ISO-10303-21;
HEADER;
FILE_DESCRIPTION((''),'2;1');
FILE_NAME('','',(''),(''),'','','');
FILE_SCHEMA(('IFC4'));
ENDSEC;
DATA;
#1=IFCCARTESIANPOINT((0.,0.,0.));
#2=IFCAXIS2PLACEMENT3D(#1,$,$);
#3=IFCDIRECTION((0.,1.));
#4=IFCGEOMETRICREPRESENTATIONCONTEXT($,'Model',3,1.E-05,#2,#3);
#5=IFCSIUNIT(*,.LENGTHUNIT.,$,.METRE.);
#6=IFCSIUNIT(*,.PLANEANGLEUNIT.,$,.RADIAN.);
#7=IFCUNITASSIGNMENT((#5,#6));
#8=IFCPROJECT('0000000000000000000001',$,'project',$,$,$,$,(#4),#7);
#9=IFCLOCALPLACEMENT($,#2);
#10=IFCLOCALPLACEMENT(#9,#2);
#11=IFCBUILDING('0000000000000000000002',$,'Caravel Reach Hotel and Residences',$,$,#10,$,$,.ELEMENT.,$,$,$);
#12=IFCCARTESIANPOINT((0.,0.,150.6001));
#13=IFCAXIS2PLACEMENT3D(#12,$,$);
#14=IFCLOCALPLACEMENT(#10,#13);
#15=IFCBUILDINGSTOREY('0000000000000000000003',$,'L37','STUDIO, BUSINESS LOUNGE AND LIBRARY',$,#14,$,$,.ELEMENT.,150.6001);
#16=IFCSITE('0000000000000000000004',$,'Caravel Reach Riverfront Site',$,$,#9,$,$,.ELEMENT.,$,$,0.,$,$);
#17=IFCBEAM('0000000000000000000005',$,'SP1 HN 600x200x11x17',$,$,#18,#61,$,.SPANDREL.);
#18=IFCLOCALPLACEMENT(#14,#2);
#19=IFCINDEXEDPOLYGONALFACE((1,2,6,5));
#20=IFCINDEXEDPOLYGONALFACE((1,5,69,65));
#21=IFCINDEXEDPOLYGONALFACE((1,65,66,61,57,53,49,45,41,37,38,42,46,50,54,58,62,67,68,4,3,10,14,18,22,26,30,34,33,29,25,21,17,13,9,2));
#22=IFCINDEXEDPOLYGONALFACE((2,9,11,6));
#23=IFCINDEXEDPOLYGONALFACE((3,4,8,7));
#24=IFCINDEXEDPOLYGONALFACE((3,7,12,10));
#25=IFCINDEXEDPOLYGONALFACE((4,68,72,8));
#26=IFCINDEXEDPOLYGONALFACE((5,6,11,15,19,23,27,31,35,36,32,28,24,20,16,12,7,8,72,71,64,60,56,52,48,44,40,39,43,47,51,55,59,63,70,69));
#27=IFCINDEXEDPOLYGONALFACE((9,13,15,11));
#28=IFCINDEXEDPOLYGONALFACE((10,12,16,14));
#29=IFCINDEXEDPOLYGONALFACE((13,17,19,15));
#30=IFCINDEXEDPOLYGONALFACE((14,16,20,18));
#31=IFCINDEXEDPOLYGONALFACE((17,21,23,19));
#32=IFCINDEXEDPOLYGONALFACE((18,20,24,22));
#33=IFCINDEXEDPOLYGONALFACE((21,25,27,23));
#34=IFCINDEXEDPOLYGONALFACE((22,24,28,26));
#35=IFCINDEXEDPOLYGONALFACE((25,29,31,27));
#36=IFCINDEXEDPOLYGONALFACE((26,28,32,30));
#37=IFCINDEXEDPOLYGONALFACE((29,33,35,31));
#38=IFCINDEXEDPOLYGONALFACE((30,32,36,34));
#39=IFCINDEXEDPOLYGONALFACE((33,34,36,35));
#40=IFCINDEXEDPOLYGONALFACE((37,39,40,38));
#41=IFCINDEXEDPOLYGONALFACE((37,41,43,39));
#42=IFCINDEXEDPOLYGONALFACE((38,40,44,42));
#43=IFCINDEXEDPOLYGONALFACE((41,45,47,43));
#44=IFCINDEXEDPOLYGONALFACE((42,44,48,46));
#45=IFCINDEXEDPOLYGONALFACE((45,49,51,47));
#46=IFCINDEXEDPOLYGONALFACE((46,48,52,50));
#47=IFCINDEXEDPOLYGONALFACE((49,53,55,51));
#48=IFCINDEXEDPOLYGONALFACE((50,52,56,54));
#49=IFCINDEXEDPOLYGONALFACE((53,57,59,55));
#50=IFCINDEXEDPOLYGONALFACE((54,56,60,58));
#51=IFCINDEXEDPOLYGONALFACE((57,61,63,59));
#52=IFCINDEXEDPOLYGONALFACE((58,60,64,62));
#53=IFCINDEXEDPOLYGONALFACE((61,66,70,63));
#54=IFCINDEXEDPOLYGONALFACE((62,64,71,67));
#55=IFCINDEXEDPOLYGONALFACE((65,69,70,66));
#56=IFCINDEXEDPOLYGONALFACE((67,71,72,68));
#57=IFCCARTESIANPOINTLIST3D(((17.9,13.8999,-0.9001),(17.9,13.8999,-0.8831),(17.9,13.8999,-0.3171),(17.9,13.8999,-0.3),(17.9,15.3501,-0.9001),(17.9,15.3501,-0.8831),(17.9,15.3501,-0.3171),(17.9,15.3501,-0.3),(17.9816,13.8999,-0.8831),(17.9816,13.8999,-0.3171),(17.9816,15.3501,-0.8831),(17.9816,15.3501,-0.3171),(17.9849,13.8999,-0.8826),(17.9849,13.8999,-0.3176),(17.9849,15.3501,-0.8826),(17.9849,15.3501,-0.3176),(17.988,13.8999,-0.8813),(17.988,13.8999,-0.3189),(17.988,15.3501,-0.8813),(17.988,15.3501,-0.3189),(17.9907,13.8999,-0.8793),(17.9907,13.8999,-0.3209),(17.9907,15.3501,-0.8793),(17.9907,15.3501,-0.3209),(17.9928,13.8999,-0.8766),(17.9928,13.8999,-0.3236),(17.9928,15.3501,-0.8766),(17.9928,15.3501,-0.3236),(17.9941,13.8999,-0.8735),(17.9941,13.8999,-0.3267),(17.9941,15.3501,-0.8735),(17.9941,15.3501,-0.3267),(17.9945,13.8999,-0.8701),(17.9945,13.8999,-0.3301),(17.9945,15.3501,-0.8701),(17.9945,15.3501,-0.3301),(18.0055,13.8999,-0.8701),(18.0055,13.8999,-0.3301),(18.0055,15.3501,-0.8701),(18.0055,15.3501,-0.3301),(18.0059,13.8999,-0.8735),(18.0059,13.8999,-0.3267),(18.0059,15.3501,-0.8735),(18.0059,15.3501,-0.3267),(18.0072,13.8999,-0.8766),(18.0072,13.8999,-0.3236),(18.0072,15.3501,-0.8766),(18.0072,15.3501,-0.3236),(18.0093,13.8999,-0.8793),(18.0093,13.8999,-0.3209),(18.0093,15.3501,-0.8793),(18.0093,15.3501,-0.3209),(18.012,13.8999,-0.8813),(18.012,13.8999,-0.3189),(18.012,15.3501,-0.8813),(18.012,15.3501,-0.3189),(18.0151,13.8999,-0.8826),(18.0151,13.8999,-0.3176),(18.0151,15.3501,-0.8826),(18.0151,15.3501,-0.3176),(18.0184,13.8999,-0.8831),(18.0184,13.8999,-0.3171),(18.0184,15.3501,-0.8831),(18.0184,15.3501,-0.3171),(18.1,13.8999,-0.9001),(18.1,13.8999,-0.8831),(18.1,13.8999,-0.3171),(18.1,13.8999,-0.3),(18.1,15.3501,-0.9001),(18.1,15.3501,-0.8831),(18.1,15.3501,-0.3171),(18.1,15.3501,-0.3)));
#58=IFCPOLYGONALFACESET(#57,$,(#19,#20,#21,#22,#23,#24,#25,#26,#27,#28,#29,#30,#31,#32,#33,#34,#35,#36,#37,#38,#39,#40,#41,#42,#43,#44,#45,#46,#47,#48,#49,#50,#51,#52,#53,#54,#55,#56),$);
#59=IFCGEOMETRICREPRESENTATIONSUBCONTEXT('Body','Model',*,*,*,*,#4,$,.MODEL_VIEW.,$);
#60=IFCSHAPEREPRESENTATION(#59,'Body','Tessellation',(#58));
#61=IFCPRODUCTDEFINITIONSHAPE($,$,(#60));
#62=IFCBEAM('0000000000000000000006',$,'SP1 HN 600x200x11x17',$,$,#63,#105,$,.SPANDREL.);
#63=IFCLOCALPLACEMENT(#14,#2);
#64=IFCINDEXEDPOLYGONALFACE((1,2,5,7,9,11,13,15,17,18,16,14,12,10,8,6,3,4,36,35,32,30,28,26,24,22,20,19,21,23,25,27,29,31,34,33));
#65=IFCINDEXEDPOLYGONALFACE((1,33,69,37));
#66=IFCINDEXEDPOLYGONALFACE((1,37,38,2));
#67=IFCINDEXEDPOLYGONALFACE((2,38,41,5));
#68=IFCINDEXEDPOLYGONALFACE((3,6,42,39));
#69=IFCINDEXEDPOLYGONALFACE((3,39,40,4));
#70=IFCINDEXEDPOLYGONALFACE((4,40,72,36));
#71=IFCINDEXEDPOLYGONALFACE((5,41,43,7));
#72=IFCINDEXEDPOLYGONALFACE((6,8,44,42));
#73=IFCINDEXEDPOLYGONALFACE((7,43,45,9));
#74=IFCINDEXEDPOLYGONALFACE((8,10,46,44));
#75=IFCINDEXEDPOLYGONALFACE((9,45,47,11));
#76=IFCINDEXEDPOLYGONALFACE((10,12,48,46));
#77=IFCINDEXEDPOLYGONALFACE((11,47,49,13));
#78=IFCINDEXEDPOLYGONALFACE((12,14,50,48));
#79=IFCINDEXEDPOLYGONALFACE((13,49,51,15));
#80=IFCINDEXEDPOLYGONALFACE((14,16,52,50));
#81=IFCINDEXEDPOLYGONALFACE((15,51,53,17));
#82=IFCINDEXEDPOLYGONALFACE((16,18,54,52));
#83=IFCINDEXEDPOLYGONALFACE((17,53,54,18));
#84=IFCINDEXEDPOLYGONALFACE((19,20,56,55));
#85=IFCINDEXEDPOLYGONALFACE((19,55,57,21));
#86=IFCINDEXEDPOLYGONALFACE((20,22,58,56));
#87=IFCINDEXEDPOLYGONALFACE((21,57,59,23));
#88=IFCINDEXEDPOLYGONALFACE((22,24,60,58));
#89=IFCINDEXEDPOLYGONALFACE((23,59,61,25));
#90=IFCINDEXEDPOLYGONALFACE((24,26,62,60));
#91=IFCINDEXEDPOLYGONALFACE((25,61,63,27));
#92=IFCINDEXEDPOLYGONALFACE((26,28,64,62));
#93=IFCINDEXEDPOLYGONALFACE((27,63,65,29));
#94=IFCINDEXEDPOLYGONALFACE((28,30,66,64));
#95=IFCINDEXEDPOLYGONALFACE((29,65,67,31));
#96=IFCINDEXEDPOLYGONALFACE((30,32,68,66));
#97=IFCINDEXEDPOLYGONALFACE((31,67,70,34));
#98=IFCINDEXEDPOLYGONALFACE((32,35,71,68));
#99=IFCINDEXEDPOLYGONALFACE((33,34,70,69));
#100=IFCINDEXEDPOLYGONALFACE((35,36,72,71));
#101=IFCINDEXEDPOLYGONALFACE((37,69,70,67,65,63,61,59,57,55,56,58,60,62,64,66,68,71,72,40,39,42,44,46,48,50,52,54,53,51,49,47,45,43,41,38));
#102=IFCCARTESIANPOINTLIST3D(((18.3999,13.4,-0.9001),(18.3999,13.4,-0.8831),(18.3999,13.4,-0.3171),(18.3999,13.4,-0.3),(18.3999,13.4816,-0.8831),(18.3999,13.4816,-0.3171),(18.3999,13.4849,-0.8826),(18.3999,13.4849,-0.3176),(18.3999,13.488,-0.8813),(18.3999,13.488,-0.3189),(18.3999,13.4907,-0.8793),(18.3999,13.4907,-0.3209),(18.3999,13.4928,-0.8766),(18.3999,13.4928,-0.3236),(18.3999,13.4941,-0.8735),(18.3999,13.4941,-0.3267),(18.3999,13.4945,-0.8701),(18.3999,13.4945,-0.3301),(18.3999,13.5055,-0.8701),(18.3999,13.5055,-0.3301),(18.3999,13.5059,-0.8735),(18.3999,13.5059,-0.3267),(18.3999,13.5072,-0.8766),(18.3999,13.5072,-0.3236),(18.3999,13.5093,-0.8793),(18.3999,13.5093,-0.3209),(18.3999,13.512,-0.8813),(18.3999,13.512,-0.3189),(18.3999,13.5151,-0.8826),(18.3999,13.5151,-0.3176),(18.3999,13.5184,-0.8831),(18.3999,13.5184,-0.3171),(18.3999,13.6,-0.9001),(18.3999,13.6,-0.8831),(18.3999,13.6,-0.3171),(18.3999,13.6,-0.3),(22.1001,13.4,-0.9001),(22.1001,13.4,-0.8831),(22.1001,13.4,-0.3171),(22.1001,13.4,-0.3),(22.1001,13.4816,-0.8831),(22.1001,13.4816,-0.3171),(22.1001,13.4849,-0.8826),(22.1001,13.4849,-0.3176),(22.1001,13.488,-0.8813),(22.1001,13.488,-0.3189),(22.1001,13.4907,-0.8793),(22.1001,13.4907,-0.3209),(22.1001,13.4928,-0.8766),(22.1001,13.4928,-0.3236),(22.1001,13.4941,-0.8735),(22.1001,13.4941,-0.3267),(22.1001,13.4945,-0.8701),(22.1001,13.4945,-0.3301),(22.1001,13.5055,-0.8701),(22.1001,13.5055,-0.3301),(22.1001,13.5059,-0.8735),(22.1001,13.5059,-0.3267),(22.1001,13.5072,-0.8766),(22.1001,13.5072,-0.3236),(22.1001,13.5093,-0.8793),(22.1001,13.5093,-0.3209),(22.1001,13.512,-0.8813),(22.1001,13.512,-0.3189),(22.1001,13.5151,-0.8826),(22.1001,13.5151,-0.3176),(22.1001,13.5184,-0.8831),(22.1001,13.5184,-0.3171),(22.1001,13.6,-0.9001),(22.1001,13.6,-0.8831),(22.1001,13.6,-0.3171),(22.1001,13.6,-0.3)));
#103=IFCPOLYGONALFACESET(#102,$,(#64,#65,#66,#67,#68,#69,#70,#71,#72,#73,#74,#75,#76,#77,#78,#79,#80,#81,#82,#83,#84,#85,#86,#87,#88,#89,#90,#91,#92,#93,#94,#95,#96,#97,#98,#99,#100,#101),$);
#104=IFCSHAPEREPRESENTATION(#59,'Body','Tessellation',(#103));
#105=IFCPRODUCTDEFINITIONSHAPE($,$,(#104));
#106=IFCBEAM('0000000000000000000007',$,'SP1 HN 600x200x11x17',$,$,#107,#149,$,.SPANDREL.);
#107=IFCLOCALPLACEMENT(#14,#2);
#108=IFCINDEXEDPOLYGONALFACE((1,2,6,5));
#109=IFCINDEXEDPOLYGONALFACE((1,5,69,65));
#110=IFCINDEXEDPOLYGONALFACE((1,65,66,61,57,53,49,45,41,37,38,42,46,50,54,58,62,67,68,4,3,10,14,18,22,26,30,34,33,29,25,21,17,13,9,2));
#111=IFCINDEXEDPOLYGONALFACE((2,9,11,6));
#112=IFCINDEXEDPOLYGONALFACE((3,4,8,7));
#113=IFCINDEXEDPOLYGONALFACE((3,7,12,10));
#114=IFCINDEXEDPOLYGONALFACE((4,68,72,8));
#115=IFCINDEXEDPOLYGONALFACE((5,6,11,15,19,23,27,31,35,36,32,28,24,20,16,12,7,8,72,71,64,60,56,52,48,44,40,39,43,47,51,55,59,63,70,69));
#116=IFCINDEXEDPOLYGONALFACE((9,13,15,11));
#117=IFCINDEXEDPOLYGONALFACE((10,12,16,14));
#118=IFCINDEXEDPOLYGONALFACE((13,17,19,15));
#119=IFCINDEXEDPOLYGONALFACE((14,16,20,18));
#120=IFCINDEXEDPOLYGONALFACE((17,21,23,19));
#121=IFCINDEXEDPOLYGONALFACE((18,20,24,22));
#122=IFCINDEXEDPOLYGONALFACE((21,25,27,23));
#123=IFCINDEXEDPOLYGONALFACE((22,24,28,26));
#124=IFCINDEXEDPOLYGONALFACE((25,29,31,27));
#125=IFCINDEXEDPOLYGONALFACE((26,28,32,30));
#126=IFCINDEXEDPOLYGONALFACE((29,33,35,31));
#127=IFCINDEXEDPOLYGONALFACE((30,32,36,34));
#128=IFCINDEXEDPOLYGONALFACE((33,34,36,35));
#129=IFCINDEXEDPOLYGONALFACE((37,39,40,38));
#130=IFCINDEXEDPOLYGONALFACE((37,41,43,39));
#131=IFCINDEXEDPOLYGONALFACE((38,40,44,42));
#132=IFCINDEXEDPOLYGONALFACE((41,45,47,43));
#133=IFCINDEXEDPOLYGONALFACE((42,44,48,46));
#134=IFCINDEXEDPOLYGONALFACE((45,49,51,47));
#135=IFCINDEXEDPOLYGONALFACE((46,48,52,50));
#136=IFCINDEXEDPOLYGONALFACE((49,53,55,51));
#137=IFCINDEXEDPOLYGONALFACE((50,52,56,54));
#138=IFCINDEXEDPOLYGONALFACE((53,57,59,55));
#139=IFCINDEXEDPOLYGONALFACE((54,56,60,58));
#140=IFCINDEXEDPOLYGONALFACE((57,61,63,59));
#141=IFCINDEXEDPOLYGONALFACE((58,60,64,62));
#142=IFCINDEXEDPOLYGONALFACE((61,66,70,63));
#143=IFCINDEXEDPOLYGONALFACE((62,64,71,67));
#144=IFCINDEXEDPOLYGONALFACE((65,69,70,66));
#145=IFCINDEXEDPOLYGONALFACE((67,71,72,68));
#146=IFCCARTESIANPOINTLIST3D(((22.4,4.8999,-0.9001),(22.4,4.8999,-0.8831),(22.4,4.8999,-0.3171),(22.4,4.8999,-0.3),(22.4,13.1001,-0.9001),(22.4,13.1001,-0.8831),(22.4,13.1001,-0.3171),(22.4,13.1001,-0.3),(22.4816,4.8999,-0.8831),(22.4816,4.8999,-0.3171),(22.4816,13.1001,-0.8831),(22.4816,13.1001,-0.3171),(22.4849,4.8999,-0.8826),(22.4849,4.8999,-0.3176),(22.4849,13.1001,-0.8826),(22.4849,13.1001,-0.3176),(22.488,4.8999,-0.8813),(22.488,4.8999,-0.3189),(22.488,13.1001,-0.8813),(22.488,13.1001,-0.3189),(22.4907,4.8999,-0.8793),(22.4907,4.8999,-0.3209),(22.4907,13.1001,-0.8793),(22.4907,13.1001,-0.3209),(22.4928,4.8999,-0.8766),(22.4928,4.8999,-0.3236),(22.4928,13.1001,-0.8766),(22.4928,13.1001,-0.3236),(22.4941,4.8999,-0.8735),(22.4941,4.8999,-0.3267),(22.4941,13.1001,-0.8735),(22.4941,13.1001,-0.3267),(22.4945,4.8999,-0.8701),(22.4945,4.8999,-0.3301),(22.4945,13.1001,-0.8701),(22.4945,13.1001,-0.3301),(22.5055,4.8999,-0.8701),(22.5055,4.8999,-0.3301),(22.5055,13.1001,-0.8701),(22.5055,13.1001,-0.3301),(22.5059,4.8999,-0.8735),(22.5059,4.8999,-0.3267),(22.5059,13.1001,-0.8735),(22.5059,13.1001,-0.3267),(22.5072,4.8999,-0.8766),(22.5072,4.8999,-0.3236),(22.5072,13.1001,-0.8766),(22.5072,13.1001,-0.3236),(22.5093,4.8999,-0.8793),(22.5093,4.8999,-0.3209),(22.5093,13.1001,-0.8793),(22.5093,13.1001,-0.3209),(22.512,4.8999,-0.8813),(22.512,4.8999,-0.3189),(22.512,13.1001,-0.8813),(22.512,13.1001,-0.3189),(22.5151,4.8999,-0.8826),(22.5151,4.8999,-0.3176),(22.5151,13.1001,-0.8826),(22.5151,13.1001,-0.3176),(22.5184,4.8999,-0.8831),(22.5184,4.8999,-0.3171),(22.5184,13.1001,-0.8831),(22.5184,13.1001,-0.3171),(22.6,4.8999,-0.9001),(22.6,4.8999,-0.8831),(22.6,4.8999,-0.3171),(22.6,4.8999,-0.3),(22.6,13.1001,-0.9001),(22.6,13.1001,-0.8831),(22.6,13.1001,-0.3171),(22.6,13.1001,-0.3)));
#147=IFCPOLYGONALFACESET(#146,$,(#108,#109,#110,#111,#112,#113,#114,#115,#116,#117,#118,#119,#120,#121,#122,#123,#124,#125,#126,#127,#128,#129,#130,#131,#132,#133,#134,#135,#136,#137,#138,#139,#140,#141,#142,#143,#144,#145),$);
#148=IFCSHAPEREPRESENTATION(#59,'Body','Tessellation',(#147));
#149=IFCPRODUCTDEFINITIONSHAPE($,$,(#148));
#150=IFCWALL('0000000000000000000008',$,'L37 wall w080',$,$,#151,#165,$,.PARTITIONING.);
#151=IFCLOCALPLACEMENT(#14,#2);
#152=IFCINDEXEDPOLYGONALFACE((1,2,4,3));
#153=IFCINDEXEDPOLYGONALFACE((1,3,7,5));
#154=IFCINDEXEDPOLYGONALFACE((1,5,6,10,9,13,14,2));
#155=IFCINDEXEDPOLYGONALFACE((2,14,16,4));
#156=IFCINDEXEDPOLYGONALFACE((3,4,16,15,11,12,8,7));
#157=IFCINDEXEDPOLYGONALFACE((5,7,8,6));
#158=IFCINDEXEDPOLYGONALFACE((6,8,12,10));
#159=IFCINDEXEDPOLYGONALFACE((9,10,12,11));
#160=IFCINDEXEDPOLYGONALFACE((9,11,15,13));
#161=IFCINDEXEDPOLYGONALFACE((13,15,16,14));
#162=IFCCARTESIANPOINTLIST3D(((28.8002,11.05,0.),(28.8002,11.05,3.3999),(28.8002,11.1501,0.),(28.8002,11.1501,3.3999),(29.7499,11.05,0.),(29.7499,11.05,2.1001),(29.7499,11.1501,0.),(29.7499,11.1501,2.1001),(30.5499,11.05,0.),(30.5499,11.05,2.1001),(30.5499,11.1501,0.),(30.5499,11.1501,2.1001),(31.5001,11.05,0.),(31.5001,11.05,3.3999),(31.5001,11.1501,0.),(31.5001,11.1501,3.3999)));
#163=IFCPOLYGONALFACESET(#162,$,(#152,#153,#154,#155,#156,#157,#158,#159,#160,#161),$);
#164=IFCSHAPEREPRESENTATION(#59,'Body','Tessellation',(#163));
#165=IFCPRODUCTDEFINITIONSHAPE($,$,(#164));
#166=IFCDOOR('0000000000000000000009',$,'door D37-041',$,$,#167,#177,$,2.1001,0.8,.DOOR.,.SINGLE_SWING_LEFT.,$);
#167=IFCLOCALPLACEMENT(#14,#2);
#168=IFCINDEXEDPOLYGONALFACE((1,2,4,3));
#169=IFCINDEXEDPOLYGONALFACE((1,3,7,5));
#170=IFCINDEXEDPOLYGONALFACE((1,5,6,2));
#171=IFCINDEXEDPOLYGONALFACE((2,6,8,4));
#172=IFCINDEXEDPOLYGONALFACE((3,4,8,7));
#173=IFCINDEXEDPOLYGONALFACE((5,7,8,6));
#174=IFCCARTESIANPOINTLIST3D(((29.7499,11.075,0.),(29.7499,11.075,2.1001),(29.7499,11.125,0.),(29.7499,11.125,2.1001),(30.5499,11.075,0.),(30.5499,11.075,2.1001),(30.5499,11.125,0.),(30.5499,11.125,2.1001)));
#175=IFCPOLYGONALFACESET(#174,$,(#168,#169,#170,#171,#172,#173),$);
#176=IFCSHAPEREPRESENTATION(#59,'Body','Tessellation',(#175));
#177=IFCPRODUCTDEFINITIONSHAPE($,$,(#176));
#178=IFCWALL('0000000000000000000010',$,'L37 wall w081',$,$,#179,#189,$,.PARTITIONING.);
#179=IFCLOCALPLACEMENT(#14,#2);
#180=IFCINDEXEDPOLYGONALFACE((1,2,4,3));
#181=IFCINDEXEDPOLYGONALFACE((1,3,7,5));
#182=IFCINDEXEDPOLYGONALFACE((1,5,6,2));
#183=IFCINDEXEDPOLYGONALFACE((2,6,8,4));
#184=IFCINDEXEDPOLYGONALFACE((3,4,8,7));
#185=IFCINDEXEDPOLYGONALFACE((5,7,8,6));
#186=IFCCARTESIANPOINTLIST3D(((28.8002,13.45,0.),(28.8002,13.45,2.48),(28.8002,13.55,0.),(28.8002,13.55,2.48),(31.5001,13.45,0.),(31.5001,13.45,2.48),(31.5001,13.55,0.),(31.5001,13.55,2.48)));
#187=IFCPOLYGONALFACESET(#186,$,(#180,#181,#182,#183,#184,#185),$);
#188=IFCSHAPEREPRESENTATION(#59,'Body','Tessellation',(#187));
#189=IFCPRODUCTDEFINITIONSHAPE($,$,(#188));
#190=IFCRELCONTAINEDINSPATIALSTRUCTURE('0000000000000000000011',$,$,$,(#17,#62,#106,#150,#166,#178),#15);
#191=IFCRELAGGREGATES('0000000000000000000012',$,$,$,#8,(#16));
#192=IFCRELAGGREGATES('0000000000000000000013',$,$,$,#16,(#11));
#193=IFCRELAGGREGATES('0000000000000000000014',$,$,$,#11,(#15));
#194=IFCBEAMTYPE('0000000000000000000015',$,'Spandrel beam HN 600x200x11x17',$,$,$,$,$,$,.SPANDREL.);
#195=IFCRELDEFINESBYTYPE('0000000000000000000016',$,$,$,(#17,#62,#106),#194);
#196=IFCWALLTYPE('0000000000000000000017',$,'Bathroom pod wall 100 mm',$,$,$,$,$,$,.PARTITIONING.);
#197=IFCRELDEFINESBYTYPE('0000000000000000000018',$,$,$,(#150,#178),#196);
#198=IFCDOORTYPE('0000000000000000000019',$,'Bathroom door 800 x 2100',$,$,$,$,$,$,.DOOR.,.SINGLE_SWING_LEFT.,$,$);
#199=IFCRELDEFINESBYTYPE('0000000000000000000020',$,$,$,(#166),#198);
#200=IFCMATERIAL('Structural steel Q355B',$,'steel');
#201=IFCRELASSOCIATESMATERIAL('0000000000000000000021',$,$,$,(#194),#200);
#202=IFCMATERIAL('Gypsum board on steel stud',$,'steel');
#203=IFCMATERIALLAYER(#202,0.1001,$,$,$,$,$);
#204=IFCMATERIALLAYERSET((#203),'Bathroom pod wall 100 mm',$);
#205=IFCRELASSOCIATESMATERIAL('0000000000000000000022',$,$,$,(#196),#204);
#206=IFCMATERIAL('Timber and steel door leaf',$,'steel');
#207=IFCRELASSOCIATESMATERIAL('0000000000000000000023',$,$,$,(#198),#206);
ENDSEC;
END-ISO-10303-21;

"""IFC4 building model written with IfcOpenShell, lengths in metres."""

from ifc_helpers import new_model, si_unit, direction, frame, frame_2d, origin, origin_2d, place, context, subcontext, project, spatial, rectangle, i_section, extrude, material, layer, layer_set, material_profile, profile_set, type_object, element, fill, save


model = new_model("IFC4")

# Units and contexts
model_context = context("Model", 3, precision=1e-05, world=origin(), true_north=direction((0.0, 1.0)))
body_context = subcontext(model_context, "Body", "Model", "MODEL_VIEW")
ifc_project = project(units=[si_unit("LENGTHUNIT", "METRE"), si_unit("PLANEANGLEUNIT", "RADIAN")], contexts=[model_context])

# Site, building, storey
site_placement = place(None, origin())
site = spatial("IfcSite", under=ifc_project, at=site_placement, Name="Caravel Reach Riverfront Site", CompositionType="ELEMENT", RefElevation=0.0)
building_placement = place(site_placement, origin())
building = spatial("IfcBuilding", under=site, at=building_placement, Name="Caravel Reach Hotel and Residences", CompositionType="ELEMENT")
storey_placement = place(building_placement, frame((0.0, 0.0, 150.6001)))
storey = spatial("IfcBuildingStorey", under=building, at=storey_placement, Name="L37", Description="STUDIO, BUSINESS LOUNGE AND LIBRARY", CompositionType="ELEMENT", Elevation=150.6001)

# Beams
ifc_material_1 = material(Name="Structural steel Q355B", Category="steel")
ifc_material_profile_1 = material_profile(ifc_material_1, i_section(OverallWidth=0.2, OverallDepth=0.6001, WebThickness=0.011, FlangeThickness=0.0171, FilletRadius=0.0129, at=origin_2d()), Name="HN 600x200x11x17")
ifc_profile_set_1 = profile_set([ifc_material_profile_1], Name="Structural steel Q355B")
beam_type_1 = type_object("IfcBeamType", Name="Spandrel beam HN 600x200x11x17", PredefinedType="SPANDREL", material=ifc_profile_set_1)
beam_1_placement = place(storey_placement, frame((18.0, 15.3501, -0.6001), z_axis=(0.0, -1.0, 0.0), x_axis=(1.0, 0.0, 0.0)))
element("IfcBeam", 1, at=beam_1_placement, inside=storey, type_object=beam_type_1, Name="SP1 HN 600x200x11x17", PredefinedType="SPANDREL", context=body_context, shape_type="SweptSolid", body=[
    extrude(i_section(OverallWidth=0.2, OverallDepth=0.6001, WebThickness=0.011, FlangeThickness=0.0171, FilletRadius=0.0129, at=origin_2d()), origin(), (0.0, 0.0, 1.0), 1.4502),
])
beam_2_placement = place(storey_placement, frame((18.3999, 13.5, -0.6001), z_axis=(1.0, 0.0, 0.0), x_axis=(0.0, 1.0, 0.0)))
element("IfcBeam", 2, at=beam_2_placement, inside=storey, type_object=beam_type_1, Name="SP1 HN 600x200x11x17", PredefinedType="SPANDREL", context=body_context, shape_type="SweptSolid", body=[
    extrude(i_section(OverallWidth=0.2, OverallDepth=0.6001, WebThickness=0.011, FlangeThickness=0.0171, FilletRadius=0.0129, at=origin_2d()), origin(), (0.0, 0.0, 1.0), 3.7002),
])
beam_3_placement = place(storey_placement, frame((22.5, 13.1001, -0.6001), z_axis=(0.0, -1.0, 0.0), x_axis=(1.0, 0.0, 0.0)))
element("IfcBeam", 3, at=beam_3_placement, inside=storey, type_object=beam_type_1, Name="SP1 HN 600x200x11x17", PredefinedType="SPANDREL", context=body_context, shape_type="SweptSolid", body=[
    extrude(i_section(OverallWidth=0.2, OverallDepth=0.6001, WebThickness=0.011, FlangeThickness=0.0171, FilletRadius=0.0129, at=origin_2d()), origin(), (0.0, 0.0, 1.0), 8.2002),
])

# Wall, opening, door
ifc_material_2 = material(Name="Gypsum board on steel stud", Category="steel")
ifc_layer_1 = layer(ifc_material_2, 0.1001)
ifc_layer_set_1 = layer_set([ifc_layer_1], Name="Bathroom pod wall 100 mm")
wall_type_1 = type_object("IfcWallType", Name="Bathroom pod wall 100 mm", PredefinedType="PARTITIONING", material=ifc_layer_set_1)
wall_1_placement = place(storey_placement, frame((28.8, 11.1001, 0.0), z_axis=(0.0, 0.0, 1.0), x_axis=(1.0, 0.0, 0.0)))
wall_1 = element("IfcWall", 4, at=wall_1_placement, inside=storey, type_object=wall_type_1, Name="L37 wall w080", PredefinedType="PARTITIONING", context=body_context, shape_type="SweptSolid", body=[
    extrude(rectangle(XDim=2.7, YDim=0.1001, at=frame_2d((1.3501, 0.0))), origin(), (0.0, 0.0, 1.0), 3.3999),
])
opening_1_placement = place(wall_1_placement, frame((0.95, 0.0, 0.0)))
opening_1 = element("IfcOpeningElement", 5, at=opening_1_placement, cuts=wall_1, PredefinedType="OPENING", context=body_context, shape_type="SweptSolid", body=[
    extrude(rectangle(XDim=0.8, YDim=2.1001, at=frame_2d((0.3999, 1.05))), frame((0.0, 0.0601, 0.0), z_axis=(0.0, -1.0, 0.0), x_axis=(1.0, 0.0, 0.0)), (0.0, 0.0, 1.0), 0.1201),
])
ifc_material_3 = material(Name="Timber and steel door leaf", Category="steel")
door_type_1 = type_object("IfcDoorType", Name="Bathroom door 800 x 2100", OperationType="SINGLE_SWING_LEFT", PredefinedType="DOOR", material=ifc_material_3)
door_1_placement = place(opening_1_placement, origin())
door_1 = element("IfcDoor", 6, at=door_1_placement, inside=storey, type_object=door_type_1, Name="door D37-041", OperationType="SINGLE_SWING_LEFT", OverallHeight=2.1001, OverallWidth=0.8, PredefinedType="DOOR", context=body_context, shape_type="SweptSolid", body=[
    extrude(rectangle(XDim=0.8, YDim=2.1001, at=frame_2d((0.3999, 1.05))), frame((0.0, 0.0249, 0.0), z_axis=(0.0, -1.0, 0.0), x_axis=(1.0, 0.0, 0.0)), (0.0, 0.0, 1.0), 0.05),
])
fill(opening_1, door_1)

# Wall
wall_2_placement = place(storey_placement, frame((28.8, 13.5, 0.0), z_axis=(0.0, 0.0, 1.0), x_axis=(1.0, 0.0, 0.0)))
element("IfcWall", 7, at=wall_2_placement, inside=storey, type_object=wall_type_1, Name="L37 wall w081", PredefinedType="PARTITIONING", context=body_context, shape_type="SweptSolid", body=[
    extrude(rectangle(XDim=2.7, YDim=0.1001, at=frame_2d((1.3501, 0.0))), origin(), (0.0, 0.0, 1.0), 2.48),
])

save(model, "model.ifc")
